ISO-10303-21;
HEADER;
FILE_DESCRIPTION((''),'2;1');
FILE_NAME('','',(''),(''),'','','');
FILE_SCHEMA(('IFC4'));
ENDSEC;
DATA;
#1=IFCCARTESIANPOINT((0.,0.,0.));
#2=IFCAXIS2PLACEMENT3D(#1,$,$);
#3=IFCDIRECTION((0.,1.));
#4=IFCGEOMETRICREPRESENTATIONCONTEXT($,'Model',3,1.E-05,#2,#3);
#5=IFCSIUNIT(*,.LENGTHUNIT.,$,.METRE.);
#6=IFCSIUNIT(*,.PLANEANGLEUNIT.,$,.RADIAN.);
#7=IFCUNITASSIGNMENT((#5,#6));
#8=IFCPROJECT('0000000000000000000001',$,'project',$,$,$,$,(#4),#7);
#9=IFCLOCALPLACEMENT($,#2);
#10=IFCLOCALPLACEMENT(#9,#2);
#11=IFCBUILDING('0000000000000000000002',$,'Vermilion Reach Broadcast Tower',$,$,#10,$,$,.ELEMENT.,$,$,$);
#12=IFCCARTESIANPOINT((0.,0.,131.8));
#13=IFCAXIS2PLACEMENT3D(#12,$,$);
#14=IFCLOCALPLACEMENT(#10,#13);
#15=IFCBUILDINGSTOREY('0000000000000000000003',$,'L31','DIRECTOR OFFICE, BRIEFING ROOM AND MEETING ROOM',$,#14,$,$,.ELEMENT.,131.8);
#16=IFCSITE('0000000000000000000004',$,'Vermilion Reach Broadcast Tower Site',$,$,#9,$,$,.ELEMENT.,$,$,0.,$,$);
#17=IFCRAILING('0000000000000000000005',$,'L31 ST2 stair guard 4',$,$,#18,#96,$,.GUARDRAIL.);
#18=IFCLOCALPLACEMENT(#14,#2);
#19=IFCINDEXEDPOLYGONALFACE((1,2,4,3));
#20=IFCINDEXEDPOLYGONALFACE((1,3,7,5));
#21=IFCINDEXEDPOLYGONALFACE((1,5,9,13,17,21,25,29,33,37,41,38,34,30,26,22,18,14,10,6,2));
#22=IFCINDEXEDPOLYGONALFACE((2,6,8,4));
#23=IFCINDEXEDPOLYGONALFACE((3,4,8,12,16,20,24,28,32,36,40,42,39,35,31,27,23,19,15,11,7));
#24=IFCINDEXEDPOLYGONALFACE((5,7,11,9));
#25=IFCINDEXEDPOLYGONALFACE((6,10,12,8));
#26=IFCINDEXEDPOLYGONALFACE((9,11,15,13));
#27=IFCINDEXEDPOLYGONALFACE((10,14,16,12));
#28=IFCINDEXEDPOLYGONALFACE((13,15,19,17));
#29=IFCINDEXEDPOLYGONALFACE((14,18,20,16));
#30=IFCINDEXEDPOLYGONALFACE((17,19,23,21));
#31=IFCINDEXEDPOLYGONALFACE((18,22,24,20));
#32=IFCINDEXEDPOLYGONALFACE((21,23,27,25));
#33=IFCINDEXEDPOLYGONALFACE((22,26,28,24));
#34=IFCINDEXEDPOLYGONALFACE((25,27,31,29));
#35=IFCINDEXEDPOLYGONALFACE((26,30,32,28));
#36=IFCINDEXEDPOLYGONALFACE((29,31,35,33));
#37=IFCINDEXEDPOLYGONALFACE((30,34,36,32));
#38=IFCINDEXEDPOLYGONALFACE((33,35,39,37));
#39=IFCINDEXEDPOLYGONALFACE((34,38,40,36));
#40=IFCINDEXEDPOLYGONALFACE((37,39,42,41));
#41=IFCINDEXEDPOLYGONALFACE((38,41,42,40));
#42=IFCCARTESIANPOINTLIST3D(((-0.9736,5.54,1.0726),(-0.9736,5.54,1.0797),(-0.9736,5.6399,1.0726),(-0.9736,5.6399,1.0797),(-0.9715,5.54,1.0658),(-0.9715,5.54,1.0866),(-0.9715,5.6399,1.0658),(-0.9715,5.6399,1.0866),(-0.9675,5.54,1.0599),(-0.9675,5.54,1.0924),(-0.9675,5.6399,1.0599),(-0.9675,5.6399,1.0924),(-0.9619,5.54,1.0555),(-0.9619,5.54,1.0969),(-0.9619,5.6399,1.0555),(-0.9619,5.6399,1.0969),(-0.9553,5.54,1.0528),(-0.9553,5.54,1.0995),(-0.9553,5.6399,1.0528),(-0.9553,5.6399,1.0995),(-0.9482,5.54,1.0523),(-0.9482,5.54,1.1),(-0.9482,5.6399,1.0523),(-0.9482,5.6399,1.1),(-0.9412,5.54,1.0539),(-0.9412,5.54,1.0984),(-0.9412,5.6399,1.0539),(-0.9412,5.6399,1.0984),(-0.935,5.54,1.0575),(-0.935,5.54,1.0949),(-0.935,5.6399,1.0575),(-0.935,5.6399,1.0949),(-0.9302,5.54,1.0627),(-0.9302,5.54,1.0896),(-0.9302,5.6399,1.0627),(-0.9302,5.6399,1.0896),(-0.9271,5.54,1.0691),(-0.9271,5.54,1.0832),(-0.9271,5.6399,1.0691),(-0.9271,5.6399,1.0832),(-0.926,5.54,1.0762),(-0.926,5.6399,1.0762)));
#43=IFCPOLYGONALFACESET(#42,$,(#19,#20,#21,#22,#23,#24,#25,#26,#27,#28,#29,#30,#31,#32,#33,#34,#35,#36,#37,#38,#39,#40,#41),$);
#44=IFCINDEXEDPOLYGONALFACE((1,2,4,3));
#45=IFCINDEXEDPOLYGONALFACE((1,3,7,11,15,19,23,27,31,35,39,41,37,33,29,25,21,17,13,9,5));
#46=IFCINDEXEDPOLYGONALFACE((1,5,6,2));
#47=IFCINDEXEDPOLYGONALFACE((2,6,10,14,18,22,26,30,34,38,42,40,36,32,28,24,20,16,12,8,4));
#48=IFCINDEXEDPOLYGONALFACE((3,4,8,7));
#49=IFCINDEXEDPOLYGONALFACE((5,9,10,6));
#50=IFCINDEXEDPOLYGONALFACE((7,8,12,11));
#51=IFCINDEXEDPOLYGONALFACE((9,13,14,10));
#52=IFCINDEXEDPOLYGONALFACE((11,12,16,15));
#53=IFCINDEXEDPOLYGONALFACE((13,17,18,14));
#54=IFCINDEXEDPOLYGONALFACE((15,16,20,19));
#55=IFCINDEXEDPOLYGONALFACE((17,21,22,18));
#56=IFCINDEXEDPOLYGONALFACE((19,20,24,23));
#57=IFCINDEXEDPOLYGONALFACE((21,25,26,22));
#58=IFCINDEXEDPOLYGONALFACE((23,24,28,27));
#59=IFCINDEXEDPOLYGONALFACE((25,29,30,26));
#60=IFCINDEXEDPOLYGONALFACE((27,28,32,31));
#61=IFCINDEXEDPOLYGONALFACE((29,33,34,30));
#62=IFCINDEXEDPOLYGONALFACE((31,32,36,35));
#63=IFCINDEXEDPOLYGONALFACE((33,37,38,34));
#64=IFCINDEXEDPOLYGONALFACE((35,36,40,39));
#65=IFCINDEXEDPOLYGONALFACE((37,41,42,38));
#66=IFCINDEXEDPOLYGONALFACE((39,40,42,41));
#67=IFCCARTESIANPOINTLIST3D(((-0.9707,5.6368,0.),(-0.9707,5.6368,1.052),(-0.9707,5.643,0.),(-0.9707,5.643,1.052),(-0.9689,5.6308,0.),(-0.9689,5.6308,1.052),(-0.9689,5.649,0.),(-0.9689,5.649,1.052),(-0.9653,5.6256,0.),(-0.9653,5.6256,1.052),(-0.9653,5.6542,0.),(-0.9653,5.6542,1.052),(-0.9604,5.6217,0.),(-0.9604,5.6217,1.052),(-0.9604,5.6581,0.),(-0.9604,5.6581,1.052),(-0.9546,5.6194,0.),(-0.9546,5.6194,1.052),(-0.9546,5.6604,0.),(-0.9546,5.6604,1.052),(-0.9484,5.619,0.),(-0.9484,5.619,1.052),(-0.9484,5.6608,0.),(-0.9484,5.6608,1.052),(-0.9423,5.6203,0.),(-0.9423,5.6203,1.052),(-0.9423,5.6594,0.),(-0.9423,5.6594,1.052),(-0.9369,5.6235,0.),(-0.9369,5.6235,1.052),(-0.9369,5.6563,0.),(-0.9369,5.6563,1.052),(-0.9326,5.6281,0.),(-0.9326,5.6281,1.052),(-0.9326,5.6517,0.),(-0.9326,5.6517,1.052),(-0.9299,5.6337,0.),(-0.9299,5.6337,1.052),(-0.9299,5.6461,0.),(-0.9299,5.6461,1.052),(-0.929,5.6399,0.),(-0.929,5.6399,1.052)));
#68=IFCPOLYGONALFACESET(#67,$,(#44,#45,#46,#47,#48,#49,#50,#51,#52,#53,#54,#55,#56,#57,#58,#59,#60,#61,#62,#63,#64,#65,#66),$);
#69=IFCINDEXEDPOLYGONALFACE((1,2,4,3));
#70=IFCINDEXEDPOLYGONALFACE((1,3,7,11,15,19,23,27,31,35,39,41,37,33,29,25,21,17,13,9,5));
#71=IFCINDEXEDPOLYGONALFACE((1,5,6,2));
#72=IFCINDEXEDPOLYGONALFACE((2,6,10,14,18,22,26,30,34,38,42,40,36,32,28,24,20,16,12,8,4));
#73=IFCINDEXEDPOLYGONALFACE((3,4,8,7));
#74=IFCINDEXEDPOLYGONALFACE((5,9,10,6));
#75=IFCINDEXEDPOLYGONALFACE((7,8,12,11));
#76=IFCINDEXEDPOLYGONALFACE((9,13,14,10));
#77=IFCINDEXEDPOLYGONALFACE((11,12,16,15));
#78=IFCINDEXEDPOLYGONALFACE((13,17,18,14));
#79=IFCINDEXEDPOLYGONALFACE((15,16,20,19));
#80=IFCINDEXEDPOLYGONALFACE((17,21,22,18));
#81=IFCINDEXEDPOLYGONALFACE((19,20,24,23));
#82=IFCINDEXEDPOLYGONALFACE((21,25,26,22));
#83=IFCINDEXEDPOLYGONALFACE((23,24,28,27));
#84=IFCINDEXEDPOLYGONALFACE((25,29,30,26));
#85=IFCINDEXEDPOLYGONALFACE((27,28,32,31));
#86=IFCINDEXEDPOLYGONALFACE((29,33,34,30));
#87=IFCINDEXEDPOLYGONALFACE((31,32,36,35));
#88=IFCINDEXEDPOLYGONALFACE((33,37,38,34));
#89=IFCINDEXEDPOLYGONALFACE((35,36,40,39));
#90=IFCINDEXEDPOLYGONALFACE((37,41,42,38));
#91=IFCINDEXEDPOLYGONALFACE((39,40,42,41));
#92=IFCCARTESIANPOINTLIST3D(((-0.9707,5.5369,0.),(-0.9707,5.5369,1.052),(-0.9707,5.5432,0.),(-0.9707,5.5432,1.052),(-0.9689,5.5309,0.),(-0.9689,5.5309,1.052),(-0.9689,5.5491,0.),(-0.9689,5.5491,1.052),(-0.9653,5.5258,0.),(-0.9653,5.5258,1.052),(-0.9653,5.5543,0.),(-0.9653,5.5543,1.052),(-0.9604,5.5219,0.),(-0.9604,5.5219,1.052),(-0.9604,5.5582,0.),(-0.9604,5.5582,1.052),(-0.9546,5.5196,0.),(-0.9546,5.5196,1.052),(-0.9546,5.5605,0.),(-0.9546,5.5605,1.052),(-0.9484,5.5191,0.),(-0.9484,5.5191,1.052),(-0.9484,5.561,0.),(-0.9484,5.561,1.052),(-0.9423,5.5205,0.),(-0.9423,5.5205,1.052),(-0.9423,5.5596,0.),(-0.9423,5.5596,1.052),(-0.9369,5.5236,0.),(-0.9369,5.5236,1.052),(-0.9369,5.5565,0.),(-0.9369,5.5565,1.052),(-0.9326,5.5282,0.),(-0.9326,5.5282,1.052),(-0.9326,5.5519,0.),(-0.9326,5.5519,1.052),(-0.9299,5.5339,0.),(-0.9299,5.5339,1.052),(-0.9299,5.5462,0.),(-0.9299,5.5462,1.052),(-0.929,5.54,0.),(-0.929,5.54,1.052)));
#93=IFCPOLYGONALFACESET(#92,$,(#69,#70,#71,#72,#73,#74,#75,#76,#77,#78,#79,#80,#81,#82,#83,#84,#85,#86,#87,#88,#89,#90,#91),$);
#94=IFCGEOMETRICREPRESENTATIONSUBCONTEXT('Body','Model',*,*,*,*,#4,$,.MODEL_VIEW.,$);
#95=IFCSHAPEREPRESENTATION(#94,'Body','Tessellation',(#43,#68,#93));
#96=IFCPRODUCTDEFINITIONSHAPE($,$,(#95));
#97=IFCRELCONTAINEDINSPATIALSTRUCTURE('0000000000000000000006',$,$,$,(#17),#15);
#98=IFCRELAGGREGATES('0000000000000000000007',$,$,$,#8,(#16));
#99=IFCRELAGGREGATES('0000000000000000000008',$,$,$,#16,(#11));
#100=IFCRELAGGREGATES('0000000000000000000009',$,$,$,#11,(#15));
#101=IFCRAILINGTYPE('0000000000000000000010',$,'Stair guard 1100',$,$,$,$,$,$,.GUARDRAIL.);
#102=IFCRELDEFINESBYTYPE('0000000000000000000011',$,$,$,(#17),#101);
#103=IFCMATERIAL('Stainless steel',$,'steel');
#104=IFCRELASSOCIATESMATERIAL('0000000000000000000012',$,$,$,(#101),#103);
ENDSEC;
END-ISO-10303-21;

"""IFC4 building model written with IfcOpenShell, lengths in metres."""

from ifc_helpers import new_model, si_unit, direction, frame, origin, origin_2d, place, context, subcontext, project, spatial, circle, extrude, material, type_object, element, save


model = new_model("IFC4")

# Units and contexts
model_context = context("Model", 3, precision=1e-05, world=origin(), true_north=direction((0.0, 1.0)))
body_context = subcontext(model_context, "Body", "Model", "MODEL_VIEW")
ifc_project = project(units=[si_unit("LENGTHUNIT", "METRE"), si_unit("PLANEANGLEUNIT", "RADIAN")], contexts=[model_context])

# Site, building, storey
site_placement = place(None, origin())
site = spatial("IfcSite", under=ifc_project, at=site_placement, Name="Vermilion Reach Broadcast Tower Site", CompositionType="ELEMENT", RefElevation=0.0)
building_placement = place(site_placement, origin())
building = spatial("IfcBuilding", under=site, at=building_placement, Name="Vermilion Reach Broadcast Tower", CompositionType="ELEMENT")
storey_placement = place(building_placement, frame((0.0, 0.0, 131.8)))
storey = spatial("IfcBuildingStorey", under=building, at=storey_placement, Name="L31", Description="DIRECTOR OFFICE, BRIEFING ROOM AND MEETING ROOM", CompositionType="ELEMENT", Elevation=131.8)

# Railing
ifc_material_1 = material(Name="Stainless steel", Category="steel")
railing_type_1 = type_object("IfcRailingType", Name="Stair guard 1100", PredefinedType="GUARDRAIL", material=ifc_material_1)
railing_1_placement = place(storey_placement, frame((-0.95, 5.6399, 0.0)))
element("IfcRailing", 1, at=railing_1_placement, inside=storey, type_object=railing_type_1, Name="L31 ST2 stair guard 4", PredefinedType="GUARDRAIL", context=body_context, shape_type="SweptSolid", body=[
    extrude(circle(Radius=0.0239, at=origin_2d()), frame((0.0, 0.0, 1.0762), z_axis=(0.0, -1.0, 0.0), x_axis=(1.0, 0.0, 0.0)), (0.0, 0.0, 1.0), 0.0999),
    extrude(circle(Radius=0.021, at=origin_2d()), origin(), (0.0, 0.0, 1.0), 1.052),
    extrude(circle(Radius=0.021, at=origin_2d()), frame((0.0, -0.0999, 0.0)), (0.0, 0.0, 1.0), 1.052),
])

save(model, "model.ifc")
